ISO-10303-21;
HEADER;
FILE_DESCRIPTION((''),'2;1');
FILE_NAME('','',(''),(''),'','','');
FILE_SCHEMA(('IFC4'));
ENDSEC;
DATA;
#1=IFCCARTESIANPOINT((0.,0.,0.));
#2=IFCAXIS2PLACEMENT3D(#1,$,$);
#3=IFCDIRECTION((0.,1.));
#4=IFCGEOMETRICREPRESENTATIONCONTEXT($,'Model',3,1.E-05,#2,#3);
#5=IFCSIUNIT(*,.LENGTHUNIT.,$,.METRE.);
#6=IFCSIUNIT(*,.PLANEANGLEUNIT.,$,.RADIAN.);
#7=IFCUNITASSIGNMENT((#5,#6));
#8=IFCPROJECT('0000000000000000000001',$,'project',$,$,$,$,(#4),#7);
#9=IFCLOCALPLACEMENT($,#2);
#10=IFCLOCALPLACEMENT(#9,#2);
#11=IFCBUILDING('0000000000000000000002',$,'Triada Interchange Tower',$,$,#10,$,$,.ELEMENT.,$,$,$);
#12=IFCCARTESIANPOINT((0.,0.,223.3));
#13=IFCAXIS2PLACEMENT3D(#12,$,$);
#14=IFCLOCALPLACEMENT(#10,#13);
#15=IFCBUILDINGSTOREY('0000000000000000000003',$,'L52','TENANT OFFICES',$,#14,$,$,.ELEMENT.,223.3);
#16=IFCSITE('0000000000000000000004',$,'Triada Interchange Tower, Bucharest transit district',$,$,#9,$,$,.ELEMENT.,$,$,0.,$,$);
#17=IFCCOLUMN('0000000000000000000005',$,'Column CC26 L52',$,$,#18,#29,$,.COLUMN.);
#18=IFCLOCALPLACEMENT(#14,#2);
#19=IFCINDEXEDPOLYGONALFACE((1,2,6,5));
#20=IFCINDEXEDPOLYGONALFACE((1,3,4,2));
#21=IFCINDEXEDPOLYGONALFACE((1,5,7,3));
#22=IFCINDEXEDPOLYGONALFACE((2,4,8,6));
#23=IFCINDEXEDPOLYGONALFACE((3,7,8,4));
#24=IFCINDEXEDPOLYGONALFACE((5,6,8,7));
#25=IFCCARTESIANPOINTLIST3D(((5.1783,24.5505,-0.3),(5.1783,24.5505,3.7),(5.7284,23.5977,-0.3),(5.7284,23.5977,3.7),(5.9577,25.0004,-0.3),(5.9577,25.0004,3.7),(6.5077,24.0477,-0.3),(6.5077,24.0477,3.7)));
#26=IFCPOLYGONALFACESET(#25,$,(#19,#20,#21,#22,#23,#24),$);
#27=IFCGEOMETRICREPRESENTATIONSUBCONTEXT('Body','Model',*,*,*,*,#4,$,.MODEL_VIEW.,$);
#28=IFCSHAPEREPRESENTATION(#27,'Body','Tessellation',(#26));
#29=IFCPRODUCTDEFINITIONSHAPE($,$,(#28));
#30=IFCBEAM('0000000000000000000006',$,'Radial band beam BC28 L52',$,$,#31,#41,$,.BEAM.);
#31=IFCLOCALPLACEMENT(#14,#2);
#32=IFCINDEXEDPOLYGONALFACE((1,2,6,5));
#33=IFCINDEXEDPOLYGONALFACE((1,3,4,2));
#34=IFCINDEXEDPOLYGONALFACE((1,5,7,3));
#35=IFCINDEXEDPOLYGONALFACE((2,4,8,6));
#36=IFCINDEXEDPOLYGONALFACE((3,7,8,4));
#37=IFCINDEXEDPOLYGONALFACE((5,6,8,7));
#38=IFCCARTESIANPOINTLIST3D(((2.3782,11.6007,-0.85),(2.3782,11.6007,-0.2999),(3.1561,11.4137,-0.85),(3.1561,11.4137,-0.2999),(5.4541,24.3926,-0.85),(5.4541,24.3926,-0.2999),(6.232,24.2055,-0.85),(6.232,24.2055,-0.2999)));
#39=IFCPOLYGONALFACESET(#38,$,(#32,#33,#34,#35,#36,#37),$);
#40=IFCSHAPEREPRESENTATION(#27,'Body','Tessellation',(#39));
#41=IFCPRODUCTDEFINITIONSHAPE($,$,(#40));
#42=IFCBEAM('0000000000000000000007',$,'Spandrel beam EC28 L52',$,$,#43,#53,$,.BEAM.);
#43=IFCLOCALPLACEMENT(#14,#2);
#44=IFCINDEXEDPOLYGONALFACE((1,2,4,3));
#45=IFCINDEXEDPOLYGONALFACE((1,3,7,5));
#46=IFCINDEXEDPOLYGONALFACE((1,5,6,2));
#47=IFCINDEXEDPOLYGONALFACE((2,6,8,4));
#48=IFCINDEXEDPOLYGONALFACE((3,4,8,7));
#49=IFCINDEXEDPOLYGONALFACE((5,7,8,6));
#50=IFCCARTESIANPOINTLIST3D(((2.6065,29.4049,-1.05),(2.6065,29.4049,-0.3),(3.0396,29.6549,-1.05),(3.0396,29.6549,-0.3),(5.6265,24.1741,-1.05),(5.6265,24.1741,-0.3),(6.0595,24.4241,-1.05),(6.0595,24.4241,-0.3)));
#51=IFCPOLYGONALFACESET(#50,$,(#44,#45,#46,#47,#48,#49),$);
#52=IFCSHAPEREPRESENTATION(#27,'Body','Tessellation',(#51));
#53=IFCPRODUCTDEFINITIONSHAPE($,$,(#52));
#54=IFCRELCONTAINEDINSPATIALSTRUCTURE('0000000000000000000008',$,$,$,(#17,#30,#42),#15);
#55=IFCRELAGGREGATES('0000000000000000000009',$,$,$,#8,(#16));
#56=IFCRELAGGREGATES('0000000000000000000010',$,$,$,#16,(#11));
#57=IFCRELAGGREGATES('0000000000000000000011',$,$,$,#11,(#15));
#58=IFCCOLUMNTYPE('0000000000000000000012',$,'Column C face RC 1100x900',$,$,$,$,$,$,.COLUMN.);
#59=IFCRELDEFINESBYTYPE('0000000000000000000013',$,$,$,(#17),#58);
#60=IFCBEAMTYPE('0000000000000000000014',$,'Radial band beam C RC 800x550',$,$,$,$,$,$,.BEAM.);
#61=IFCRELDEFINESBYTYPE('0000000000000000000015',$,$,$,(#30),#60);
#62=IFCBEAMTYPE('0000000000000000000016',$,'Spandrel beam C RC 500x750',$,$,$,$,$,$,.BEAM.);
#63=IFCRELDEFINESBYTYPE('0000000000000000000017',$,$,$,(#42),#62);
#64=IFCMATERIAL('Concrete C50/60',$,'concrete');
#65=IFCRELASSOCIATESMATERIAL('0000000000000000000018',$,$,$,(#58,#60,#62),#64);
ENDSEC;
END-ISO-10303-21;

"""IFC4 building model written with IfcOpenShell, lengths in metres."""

from ifc_helpers import new_model, si_unit, direction, frame, origin, origin_2d, place, context, subcontext, project, spatial, rectangle, extrude, material, material_profile, profile_set, type_object, element, save


model = new_model("IFC4")

# Units and contexts
model_context = context("Model", 3, precision=1e-05, world=origin(), true_north=direction((0.0, 1.0)))
body_context = subcontext(model_context, "Body", "Model", "MODEL_VIEW")
ifc_project = project(units=[si_unit("LENGTHUNIT", "METRE"), si_unit("PLANEANGLEUNIT", "RADIAN")], contexts=[model_context])

# Site, building, storey
site_placement = place(None, origin())
site = spatial("IfcSite", under=ifc_project, at=site_placement, Name="Triada Interchange Tower, Bucharest transit district", CompositionType="ELEMENT", RefElevation=0.0)
building_placement = place(site_placement, origin())
building = spatial("IfcBuilding", under=site, at=building_placement, Name="Triada Interchange Tower", CompositionType="ELEMENT")
storey_placement = place(building_placement, frame((0.0, 0.0, 223.3)))
storey = spatial("IfcBuildingStorey", under=building, at=storey_placement, Name="L52", Description="TENANT OFFICES", CompositionType="ELEMENT", Elevation=223.3)

# Column
ifc_material_1 = material(Name="Concrete C50/60", Category="concrete")
ifc_material_profile_1 = material_profile(ifc_material_1, rectangle(XDim=1.1001, YDim=0.8999, at=origin_2d()), Name="RC 1100x900")
ifc_profile_set_1 = profile_set([ifc_material_profile_1], Name="Concrete C50/60")
column_type = type_object("IfcColumnType", Name="Column C face RC 1100x900", PredefinedType="COLUMN", material=ifc_profile_set_1)
column_placement = place(storey_placement, frame((5.843, 24.2991, -0.3), z_axis=(0.0, 0.0, 1.0), x_axis=(-0.5, 0.866025, 0.0)))
element("IfcColumn", 1, at=column_placement, inside=storey, type_object=column_type, Name="Column CC26 L52", PredefinedType="COLUMN", context=body_context, shape_type="SweptSolid", body=[
    extrude(rectangle(XDim=1.1001, YDim=0.8999, at=origin_2d()), origin(), (0.0, 0.0, 1.0), 4.0),
])

# Beams
ifc_material_profile_2 = material_profile(ifc_material_1, rectangle(XDim=0.8, YDim=0.55, at=origin_2d()), Name="RC 800x550")
ifc_profile_set_2 = profile_set([ifc_material_profile_2], Name="Concrete C50/60")
beam_type_1 = type_object("IfcBeamType", Name="Radial band beam C RC 800x550", PredefinedType="BEAM", material=ifc_profile_set_2)
beam_1_placement = place(storey_placement, frame((5.843, 24.2991, -0.575), z_axis=(-0.233793, -0.972286, 0.0), x_axis=(0.972286, -0.233793, 0.0)))
element("IfcBeam", 2, at=beam_1_placement, inside=storey, type_object=beam_type_1, Name="Radial band beam BC28 L52", PredefinedType="BEAM", context=body_context, shape_type="SweptSolid", body=[
    extrude(rectangle(XDim=0.8, YDim=0.55, at=origin_2d()), origin(), (0.0, 0.0, 1.0), 13.1565),
])
ifc_material_profile_3 = material_profile(ifc_material_1, rectangle(XDim=0.5, YDim=0.75, at=origin_2d()), Name="RC 500x750")
ifc_profile_set_3 = profile_set([ifc_material_profile_3], Name="Concrete C50/60")
beam_type_2 = type_object("IfcBeamType", Name="Spandrel beam C RC 500x750", PredefinedType="BEAM", material=ifc_profile_set_3)
beam_2_placement = place(storey_placement, frame((5.843, 24.2991, -0.675), z_axis=(-0.499991, 0.866031, 0.0), x_axis=(-0.866031, -0.499991, 0.0)))
element("IfcBeam", 3, at=beam_2_placement, inside=storey, type_object=beam_type_2, Name="Spandrel beam EC28 L52", PredefinedType="BEAM", context=body_context, shape_type="SweptSolid", body=[
    extrude(rectangle(XDim=0.5, YDim=0.75, at=origin_2d()), origin(), (0.0, 0.0, 1.0), 6.04),
])

save(model, "model.ifc")
